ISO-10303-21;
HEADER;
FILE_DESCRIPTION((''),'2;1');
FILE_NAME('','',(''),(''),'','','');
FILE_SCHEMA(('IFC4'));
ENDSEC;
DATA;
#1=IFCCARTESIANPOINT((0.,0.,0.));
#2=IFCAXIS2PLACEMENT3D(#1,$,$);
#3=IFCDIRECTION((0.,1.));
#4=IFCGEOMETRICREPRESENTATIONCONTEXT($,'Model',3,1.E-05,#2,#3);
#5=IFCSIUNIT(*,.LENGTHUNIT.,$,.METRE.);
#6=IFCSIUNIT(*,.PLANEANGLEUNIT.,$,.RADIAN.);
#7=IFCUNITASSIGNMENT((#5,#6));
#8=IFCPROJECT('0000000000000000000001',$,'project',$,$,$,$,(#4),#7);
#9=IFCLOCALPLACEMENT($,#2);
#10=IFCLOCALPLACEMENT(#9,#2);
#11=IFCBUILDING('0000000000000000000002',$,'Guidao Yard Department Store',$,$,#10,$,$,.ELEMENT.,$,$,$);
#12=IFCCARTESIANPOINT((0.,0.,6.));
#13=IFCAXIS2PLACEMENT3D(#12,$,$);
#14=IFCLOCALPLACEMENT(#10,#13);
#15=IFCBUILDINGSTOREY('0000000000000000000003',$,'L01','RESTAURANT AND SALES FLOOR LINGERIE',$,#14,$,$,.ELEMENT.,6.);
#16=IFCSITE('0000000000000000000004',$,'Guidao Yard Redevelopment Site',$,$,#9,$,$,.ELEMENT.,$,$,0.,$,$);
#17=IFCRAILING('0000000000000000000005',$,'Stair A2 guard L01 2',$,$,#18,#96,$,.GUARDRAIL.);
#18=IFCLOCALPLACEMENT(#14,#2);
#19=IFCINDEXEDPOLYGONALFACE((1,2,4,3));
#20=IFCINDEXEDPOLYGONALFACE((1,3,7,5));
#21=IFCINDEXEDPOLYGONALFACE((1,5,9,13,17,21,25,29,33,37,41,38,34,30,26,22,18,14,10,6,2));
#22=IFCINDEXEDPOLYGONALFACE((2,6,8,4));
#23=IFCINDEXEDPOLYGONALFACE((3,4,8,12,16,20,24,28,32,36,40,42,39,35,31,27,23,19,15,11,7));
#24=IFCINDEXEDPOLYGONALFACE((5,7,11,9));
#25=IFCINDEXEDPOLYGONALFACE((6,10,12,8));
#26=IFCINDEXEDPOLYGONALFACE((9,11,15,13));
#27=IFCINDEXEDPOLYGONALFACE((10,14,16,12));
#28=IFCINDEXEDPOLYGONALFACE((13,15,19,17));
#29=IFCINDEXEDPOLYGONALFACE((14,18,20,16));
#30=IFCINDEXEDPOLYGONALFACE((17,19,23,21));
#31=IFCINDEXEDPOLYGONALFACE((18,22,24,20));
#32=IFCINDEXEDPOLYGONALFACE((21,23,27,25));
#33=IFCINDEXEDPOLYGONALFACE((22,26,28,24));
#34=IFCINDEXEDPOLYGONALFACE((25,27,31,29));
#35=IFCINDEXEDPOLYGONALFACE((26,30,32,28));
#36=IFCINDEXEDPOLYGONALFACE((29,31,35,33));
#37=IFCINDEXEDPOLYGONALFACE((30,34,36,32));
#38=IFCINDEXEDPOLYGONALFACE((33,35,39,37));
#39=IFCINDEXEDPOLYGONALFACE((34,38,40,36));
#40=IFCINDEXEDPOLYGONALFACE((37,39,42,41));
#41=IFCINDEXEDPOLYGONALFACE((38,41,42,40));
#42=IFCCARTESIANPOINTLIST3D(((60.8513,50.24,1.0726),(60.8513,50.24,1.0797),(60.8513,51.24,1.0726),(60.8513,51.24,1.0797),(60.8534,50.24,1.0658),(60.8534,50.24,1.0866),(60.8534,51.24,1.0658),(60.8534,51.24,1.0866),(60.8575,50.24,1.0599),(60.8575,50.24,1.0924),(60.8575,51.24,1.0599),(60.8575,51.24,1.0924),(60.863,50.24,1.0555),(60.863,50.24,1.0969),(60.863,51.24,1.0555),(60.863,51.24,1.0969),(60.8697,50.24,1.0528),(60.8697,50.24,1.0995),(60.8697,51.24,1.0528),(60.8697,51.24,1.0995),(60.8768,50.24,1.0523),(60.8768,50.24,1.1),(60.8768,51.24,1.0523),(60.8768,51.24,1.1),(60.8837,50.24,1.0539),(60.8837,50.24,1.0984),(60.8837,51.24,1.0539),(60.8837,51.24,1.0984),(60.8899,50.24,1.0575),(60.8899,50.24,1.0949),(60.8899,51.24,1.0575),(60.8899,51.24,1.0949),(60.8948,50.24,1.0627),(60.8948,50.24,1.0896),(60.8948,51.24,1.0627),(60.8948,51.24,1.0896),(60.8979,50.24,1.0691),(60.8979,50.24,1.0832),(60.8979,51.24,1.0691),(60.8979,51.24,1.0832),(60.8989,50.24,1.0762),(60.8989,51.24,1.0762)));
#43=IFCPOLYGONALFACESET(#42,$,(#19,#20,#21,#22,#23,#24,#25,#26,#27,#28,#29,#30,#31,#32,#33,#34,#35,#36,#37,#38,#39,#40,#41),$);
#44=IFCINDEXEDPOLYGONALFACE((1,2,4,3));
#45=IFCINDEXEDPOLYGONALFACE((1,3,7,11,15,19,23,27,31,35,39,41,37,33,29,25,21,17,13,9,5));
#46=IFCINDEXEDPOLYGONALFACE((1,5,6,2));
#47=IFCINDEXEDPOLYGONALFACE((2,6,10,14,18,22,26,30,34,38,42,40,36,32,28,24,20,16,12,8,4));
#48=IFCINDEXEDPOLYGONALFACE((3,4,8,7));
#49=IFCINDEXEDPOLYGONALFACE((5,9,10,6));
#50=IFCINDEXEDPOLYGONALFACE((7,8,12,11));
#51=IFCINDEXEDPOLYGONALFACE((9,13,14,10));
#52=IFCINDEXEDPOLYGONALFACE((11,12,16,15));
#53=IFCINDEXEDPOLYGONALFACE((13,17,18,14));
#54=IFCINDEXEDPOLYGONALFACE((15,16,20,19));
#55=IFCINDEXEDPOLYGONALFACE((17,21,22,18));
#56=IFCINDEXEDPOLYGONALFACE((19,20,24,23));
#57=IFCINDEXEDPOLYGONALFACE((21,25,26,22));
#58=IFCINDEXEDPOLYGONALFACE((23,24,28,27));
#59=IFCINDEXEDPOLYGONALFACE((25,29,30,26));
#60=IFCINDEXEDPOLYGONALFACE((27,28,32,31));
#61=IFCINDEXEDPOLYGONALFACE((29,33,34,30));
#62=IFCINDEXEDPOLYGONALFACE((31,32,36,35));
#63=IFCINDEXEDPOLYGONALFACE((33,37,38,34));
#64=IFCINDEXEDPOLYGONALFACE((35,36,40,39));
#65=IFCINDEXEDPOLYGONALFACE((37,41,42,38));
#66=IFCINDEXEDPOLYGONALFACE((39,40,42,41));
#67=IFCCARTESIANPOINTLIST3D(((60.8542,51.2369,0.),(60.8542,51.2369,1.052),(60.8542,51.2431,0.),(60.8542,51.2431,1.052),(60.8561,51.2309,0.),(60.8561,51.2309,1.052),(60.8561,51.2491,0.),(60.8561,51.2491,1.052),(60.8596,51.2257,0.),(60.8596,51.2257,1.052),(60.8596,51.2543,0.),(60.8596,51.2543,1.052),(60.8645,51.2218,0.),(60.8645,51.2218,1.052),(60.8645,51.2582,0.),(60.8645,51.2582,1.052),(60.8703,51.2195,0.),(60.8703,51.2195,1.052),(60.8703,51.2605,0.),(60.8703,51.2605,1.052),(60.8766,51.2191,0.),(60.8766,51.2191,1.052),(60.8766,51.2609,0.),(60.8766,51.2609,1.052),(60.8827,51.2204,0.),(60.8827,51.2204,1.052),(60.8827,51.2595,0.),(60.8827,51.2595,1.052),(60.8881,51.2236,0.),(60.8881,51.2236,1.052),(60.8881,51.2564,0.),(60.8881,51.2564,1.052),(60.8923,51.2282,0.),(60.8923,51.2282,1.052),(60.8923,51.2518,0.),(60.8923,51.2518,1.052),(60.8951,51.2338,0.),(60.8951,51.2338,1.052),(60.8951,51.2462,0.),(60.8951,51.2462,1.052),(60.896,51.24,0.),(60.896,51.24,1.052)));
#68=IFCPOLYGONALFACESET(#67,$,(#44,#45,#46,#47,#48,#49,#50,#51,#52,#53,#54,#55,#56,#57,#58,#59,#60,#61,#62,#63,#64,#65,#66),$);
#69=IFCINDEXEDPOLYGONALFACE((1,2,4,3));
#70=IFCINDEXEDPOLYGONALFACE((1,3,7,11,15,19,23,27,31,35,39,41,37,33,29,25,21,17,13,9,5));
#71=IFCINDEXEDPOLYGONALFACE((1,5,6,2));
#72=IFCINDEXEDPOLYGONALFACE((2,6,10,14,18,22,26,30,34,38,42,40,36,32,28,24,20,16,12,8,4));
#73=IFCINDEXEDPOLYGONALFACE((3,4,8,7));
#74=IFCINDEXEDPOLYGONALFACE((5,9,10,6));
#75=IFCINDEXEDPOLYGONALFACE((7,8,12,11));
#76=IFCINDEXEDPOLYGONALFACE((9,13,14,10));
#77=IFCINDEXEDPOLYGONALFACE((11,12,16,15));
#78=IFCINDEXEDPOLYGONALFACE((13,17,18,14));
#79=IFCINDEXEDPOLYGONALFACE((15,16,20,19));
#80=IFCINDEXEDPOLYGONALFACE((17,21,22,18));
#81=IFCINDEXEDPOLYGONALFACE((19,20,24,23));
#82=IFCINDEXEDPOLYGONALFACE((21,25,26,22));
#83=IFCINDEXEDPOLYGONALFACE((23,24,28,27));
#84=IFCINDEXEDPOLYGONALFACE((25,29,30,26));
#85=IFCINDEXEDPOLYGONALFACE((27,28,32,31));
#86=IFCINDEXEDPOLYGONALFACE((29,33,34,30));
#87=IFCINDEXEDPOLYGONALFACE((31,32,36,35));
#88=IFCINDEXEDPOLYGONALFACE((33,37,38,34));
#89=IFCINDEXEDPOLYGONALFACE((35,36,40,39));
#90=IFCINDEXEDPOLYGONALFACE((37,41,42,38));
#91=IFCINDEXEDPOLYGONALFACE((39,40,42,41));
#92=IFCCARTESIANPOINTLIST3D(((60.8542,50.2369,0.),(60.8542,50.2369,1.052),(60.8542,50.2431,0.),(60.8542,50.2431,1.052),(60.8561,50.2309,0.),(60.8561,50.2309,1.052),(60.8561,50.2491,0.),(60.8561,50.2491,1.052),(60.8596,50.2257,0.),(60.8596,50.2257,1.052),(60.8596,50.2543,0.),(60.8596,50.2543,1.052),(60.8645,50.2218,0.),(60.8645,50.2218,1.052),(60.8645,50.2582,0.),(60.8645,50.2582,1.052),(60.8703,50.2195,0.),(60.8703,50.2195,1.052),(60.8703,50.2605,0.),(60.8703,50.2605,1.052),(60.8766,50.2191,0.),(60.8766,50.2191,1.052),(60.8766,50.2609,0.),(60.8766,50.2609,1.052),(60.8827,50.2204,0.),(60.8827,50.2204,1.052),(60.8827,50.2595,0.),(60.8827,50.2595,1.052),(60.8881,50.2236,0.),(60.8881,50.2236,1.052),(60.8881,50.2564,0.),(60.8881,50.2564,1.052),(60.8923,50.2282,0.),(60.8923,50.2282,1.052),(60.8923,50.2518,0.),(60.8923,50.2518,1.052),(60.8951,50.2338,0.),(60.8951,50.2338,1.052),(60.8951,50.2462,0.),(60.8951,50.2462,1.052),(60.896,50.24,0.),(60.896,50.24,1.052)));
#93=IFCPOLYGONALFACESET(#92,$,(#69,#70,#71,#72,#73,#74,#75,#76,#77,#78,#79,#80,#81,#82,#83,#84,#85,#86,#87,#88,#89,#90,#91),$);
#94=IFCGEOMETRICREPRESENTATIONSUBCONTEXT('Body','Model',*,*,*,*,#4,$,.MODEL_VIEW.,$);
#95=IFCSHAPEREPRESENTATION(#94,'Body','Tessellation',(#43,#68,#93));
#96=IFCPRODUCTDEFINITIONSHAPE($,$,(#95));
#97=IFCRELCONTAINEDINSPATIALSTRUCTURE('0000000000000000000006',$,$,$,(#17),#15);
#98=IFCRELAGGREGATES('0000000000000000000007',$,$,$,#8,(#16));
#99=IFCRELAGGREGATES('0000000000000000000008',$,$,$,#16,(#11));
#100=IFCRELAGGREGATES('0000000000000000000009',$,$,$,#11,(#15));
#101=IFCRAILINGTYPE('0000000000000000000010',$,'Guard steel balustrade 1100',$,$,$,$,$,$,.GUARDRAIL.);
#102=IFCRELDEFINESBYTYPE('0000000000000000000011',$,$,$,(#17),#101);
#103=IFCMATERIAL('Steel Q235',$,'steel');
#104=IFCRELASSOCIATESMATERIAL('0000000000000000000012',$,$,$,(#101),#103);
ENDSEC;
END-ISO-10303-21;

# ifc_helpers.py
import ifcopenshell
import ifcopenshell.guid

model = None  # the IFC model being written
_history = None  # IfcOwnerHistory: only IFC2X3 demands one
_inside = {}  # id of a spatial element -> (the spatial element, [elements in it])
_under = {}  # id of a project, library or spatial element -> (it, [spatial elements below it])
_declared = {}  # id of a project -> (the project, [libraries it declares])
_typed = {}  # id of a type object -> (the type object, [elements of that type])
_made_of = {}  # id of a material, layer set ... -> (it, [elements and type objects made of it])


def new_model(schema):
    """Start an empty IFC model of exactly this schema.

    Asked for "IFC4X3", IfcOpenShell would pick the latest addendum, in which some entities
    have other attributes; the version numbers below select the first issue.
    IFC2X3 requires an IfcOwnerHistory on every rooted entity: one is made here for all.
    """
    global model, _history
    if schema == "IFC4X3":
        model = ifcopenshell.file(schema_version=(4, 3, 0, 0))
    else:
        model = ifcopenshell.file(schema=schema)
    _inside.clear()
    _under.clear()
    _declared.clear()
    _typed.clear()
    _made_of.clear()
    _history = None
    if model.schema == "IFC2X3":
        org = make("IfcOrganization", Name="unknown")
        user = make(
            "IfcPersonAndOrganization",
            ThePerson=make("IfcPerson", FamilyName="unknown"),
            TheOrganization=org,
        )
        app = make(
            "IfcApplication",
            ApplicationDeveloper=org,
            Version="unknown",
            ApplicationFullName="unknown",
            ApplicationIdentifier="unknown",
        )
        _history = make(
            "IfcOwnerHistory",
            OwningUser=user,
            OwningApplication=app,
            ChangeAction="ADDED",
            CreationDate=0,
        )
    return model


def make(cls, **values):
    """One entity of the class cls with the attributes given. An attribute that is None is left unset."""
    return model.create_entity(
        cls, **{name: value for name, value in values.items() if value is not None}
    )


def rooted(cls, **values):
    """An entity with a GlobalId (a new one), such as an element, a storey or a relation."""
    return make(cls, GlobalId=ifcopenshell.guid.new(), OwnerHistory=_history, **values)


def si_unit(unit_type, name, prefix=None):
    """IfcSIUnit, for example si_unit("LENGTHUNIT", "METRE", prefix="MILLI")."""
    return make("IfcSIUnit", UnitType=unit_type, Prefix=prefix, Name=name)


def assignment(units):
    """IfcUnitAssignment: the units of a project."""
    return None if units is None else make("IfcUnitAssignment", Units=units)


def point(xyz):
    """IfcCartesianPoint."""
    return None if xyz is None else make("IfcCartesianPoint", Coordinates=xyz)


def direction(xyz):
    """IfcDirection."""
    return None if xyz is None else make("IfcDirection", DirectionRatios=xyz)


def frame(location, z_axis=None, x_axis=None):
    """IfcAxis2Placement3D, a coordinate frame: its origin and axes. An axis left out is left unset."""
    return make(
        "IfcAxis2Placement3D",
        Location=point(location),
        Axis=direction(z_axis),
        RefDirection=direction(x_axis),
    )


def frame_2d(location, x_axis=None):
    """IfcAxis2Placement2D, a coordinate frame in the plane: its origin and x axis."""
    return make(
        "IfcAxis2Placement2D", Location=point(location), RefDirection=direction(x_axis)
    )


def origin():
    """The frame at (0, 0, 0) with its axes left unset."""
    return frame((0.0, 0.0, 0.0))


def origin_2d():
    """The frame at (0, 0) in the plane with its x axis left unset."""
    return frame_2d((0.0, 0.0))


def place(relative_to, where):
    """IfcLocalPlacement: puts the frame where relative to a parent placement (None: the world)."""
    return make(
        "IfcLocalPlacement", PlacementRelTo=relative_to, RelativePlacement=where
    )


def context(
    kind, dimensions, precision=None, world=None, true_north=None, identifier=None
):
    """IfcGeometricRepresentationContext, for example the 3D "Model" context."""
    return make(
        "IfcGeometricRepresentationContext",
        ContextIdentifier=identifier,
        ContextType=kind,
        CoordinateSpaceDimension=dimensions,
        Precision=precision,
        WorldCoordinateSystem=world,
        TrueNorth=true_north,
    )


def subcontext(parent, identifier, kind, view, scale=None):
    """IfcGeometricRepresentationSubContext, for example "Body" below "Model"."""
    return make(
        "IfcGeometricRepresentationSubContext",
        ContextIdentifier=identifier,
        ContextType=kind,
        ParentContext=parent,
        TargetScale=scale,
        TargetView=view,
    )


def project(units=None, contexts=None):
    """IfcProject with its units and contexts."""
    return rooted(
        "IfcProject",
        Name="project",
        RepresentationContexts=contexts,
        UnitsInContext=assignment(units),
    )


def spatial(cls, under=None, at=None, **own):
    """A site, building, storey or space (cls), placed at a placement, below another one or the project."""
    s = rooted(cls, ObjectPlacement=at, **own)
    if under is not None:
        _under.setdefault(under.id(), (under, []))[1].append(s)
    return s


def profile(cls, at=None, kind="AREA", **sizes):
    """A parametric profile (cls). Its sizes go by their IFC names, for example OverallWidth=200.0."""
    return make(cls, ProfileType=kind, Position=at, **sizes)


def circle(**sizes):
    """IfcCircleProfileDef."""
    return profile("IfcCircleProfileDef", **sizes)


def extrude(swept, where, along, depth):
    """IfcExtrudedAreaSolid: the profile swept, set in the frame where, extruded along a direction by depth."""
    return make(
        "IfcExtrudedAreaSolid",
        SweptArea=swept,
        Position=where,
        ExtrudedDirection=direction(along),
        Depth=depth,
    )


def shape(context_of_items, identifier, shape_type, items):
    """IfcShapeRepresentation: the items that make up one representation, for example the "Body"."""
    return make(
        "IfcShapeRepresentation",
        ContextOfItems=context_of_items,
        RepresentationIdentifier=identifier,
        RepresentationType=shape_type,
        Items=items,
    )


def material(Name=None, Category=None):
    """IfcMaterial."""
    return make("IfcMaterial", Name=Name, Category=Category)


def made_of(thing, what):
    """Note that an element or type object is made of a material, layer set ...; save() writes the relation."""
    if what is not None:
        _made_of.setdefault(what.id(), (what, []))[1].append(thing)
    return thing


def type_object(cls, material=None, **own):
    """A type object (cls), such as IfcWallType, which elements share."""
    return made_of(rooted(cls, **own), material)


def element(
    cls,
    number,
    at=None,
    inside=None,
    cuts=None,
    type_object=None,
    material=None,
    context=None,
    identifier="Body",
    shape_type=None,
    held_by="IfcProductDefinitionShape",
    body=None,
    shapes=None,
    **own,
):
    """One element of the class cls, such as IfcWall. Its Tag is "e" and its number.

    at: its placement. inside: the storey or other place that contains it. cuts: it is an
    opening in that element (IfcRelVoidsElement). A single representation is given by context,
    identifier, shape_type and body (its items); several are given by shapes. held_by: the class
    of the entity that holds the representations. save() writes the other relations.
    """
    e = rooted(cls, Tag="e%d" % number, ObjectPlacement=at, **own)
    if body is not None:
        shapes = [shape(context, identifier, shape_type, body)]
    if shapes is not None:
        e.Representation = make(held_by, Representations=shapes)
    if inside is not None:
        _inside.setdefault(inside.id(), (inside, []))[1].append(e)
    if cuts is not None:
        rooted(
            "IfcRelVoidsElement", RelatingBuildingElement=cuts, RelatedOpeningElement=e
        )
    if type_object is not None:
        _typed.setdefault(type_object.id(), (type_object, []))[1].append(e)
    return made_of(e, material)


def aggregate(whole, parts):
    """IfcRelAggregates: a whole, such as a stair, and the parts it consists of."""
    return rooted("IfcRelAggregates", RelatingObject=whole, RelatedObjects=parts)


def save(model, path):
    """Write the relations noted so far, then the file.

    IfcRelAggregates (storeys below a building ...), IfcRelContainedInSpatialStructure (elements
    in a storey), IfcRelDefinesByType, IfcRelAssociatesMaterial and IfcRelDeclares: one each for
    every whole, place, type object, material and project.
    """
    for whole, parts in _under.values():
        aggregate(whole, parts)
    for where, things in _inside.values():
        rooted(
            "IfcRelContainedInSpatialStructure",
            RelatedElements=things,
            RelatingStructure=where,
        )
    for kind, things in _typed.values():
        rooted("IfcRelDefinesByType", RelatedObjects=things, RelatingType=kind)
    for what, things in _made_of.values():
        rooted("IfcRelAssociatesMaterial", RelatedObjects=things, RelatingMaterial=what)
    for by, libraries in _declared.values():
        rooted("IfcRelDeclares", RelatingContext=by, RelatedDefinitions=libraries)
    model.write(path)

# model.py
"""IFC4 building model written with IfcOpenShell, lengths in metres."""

from ifc_helpers import new_model, si_unit, direction, frame, origin, origin_2d, place, context, subcontext, project, spatial, circle, extrude, material, type_object, element, save


model = new_model("IFC4")

# Units and contexts
model_context = context("Model", 3, precision=1e-05, world=origin(), true_north=direction((0.0, 1.0)))
body_context = subcontext(model_context, "Body", "Model", "MODEL_VIEW")
ifc_project = project(units=[si_unit("LENGTHUNIT", "METRE"), si_unit("PLANEANGLEUNIT", "RADIAN")], contexts=[model_context])

# Site, building, storey
site_placement = place(None, origin())
site = spatial("IfcSite", under=ifc_project, at=site_placement, Name="Guidao Yard Redevelopment Site", CompositionType="ELEMENT", RefElevation=0.0)
building_placement = place(site_placement, origin())
building = spatial("IfcBuilding", under=site, at=building_placement, Name="Guidao Yard Department Store", CompositionType="ELEMENT")
storey_placement = place(building_placement, frame((0.0, 0.0, 6.0)))
storey = spatial("IfcBuildingStorey", under=building, at=storey_placement, Name="L01", Description="RESTAURANT AND SALES FLOOR LINGERIE", CompositionType="ELEMENT", Elevation=6.0)

# Railing
ifc_material_1 = material(Name="Steel Q235", Category="steel")
railing_type_1 = type_object("IfcRailingType", Name="Guard steel balustrade 1100", PredefinedType="GUARDRAIL", material=ifc_material_1)
railing_placement = place(storey_placement, frame((60.875, 51.24, 0.0)))
element("IfcRailing", 1, at=railing_placement, inside=storey, type_object=railing_type_1, Name="Stair A2 guard L01 2", PredefinedType="GUARDRAIL", context=body_context, shape_type="SweptSolid", body=[
    extrude(circle(Radius=0.0239, at=origin_2d()), frame((0.0, 0.0, 1.0762), z_axis=(0.0, -1.0, 0.0), x_axis=(1.0, 0.0, 0.0)), (0.0, 0.0, 1.0), 1.0),
    extrude(circle(Radius=0.021, at=origin_2d()), origin(), (0.0, 0.0, 1.0), 1.052),
    extrude(circle(Radius=0.021, at=origin_2d()), frame((0.0, -1.0, 0.0)), (0.0, 0.0, 1.0), 1.052),
])

save(model, "model.ifc")
